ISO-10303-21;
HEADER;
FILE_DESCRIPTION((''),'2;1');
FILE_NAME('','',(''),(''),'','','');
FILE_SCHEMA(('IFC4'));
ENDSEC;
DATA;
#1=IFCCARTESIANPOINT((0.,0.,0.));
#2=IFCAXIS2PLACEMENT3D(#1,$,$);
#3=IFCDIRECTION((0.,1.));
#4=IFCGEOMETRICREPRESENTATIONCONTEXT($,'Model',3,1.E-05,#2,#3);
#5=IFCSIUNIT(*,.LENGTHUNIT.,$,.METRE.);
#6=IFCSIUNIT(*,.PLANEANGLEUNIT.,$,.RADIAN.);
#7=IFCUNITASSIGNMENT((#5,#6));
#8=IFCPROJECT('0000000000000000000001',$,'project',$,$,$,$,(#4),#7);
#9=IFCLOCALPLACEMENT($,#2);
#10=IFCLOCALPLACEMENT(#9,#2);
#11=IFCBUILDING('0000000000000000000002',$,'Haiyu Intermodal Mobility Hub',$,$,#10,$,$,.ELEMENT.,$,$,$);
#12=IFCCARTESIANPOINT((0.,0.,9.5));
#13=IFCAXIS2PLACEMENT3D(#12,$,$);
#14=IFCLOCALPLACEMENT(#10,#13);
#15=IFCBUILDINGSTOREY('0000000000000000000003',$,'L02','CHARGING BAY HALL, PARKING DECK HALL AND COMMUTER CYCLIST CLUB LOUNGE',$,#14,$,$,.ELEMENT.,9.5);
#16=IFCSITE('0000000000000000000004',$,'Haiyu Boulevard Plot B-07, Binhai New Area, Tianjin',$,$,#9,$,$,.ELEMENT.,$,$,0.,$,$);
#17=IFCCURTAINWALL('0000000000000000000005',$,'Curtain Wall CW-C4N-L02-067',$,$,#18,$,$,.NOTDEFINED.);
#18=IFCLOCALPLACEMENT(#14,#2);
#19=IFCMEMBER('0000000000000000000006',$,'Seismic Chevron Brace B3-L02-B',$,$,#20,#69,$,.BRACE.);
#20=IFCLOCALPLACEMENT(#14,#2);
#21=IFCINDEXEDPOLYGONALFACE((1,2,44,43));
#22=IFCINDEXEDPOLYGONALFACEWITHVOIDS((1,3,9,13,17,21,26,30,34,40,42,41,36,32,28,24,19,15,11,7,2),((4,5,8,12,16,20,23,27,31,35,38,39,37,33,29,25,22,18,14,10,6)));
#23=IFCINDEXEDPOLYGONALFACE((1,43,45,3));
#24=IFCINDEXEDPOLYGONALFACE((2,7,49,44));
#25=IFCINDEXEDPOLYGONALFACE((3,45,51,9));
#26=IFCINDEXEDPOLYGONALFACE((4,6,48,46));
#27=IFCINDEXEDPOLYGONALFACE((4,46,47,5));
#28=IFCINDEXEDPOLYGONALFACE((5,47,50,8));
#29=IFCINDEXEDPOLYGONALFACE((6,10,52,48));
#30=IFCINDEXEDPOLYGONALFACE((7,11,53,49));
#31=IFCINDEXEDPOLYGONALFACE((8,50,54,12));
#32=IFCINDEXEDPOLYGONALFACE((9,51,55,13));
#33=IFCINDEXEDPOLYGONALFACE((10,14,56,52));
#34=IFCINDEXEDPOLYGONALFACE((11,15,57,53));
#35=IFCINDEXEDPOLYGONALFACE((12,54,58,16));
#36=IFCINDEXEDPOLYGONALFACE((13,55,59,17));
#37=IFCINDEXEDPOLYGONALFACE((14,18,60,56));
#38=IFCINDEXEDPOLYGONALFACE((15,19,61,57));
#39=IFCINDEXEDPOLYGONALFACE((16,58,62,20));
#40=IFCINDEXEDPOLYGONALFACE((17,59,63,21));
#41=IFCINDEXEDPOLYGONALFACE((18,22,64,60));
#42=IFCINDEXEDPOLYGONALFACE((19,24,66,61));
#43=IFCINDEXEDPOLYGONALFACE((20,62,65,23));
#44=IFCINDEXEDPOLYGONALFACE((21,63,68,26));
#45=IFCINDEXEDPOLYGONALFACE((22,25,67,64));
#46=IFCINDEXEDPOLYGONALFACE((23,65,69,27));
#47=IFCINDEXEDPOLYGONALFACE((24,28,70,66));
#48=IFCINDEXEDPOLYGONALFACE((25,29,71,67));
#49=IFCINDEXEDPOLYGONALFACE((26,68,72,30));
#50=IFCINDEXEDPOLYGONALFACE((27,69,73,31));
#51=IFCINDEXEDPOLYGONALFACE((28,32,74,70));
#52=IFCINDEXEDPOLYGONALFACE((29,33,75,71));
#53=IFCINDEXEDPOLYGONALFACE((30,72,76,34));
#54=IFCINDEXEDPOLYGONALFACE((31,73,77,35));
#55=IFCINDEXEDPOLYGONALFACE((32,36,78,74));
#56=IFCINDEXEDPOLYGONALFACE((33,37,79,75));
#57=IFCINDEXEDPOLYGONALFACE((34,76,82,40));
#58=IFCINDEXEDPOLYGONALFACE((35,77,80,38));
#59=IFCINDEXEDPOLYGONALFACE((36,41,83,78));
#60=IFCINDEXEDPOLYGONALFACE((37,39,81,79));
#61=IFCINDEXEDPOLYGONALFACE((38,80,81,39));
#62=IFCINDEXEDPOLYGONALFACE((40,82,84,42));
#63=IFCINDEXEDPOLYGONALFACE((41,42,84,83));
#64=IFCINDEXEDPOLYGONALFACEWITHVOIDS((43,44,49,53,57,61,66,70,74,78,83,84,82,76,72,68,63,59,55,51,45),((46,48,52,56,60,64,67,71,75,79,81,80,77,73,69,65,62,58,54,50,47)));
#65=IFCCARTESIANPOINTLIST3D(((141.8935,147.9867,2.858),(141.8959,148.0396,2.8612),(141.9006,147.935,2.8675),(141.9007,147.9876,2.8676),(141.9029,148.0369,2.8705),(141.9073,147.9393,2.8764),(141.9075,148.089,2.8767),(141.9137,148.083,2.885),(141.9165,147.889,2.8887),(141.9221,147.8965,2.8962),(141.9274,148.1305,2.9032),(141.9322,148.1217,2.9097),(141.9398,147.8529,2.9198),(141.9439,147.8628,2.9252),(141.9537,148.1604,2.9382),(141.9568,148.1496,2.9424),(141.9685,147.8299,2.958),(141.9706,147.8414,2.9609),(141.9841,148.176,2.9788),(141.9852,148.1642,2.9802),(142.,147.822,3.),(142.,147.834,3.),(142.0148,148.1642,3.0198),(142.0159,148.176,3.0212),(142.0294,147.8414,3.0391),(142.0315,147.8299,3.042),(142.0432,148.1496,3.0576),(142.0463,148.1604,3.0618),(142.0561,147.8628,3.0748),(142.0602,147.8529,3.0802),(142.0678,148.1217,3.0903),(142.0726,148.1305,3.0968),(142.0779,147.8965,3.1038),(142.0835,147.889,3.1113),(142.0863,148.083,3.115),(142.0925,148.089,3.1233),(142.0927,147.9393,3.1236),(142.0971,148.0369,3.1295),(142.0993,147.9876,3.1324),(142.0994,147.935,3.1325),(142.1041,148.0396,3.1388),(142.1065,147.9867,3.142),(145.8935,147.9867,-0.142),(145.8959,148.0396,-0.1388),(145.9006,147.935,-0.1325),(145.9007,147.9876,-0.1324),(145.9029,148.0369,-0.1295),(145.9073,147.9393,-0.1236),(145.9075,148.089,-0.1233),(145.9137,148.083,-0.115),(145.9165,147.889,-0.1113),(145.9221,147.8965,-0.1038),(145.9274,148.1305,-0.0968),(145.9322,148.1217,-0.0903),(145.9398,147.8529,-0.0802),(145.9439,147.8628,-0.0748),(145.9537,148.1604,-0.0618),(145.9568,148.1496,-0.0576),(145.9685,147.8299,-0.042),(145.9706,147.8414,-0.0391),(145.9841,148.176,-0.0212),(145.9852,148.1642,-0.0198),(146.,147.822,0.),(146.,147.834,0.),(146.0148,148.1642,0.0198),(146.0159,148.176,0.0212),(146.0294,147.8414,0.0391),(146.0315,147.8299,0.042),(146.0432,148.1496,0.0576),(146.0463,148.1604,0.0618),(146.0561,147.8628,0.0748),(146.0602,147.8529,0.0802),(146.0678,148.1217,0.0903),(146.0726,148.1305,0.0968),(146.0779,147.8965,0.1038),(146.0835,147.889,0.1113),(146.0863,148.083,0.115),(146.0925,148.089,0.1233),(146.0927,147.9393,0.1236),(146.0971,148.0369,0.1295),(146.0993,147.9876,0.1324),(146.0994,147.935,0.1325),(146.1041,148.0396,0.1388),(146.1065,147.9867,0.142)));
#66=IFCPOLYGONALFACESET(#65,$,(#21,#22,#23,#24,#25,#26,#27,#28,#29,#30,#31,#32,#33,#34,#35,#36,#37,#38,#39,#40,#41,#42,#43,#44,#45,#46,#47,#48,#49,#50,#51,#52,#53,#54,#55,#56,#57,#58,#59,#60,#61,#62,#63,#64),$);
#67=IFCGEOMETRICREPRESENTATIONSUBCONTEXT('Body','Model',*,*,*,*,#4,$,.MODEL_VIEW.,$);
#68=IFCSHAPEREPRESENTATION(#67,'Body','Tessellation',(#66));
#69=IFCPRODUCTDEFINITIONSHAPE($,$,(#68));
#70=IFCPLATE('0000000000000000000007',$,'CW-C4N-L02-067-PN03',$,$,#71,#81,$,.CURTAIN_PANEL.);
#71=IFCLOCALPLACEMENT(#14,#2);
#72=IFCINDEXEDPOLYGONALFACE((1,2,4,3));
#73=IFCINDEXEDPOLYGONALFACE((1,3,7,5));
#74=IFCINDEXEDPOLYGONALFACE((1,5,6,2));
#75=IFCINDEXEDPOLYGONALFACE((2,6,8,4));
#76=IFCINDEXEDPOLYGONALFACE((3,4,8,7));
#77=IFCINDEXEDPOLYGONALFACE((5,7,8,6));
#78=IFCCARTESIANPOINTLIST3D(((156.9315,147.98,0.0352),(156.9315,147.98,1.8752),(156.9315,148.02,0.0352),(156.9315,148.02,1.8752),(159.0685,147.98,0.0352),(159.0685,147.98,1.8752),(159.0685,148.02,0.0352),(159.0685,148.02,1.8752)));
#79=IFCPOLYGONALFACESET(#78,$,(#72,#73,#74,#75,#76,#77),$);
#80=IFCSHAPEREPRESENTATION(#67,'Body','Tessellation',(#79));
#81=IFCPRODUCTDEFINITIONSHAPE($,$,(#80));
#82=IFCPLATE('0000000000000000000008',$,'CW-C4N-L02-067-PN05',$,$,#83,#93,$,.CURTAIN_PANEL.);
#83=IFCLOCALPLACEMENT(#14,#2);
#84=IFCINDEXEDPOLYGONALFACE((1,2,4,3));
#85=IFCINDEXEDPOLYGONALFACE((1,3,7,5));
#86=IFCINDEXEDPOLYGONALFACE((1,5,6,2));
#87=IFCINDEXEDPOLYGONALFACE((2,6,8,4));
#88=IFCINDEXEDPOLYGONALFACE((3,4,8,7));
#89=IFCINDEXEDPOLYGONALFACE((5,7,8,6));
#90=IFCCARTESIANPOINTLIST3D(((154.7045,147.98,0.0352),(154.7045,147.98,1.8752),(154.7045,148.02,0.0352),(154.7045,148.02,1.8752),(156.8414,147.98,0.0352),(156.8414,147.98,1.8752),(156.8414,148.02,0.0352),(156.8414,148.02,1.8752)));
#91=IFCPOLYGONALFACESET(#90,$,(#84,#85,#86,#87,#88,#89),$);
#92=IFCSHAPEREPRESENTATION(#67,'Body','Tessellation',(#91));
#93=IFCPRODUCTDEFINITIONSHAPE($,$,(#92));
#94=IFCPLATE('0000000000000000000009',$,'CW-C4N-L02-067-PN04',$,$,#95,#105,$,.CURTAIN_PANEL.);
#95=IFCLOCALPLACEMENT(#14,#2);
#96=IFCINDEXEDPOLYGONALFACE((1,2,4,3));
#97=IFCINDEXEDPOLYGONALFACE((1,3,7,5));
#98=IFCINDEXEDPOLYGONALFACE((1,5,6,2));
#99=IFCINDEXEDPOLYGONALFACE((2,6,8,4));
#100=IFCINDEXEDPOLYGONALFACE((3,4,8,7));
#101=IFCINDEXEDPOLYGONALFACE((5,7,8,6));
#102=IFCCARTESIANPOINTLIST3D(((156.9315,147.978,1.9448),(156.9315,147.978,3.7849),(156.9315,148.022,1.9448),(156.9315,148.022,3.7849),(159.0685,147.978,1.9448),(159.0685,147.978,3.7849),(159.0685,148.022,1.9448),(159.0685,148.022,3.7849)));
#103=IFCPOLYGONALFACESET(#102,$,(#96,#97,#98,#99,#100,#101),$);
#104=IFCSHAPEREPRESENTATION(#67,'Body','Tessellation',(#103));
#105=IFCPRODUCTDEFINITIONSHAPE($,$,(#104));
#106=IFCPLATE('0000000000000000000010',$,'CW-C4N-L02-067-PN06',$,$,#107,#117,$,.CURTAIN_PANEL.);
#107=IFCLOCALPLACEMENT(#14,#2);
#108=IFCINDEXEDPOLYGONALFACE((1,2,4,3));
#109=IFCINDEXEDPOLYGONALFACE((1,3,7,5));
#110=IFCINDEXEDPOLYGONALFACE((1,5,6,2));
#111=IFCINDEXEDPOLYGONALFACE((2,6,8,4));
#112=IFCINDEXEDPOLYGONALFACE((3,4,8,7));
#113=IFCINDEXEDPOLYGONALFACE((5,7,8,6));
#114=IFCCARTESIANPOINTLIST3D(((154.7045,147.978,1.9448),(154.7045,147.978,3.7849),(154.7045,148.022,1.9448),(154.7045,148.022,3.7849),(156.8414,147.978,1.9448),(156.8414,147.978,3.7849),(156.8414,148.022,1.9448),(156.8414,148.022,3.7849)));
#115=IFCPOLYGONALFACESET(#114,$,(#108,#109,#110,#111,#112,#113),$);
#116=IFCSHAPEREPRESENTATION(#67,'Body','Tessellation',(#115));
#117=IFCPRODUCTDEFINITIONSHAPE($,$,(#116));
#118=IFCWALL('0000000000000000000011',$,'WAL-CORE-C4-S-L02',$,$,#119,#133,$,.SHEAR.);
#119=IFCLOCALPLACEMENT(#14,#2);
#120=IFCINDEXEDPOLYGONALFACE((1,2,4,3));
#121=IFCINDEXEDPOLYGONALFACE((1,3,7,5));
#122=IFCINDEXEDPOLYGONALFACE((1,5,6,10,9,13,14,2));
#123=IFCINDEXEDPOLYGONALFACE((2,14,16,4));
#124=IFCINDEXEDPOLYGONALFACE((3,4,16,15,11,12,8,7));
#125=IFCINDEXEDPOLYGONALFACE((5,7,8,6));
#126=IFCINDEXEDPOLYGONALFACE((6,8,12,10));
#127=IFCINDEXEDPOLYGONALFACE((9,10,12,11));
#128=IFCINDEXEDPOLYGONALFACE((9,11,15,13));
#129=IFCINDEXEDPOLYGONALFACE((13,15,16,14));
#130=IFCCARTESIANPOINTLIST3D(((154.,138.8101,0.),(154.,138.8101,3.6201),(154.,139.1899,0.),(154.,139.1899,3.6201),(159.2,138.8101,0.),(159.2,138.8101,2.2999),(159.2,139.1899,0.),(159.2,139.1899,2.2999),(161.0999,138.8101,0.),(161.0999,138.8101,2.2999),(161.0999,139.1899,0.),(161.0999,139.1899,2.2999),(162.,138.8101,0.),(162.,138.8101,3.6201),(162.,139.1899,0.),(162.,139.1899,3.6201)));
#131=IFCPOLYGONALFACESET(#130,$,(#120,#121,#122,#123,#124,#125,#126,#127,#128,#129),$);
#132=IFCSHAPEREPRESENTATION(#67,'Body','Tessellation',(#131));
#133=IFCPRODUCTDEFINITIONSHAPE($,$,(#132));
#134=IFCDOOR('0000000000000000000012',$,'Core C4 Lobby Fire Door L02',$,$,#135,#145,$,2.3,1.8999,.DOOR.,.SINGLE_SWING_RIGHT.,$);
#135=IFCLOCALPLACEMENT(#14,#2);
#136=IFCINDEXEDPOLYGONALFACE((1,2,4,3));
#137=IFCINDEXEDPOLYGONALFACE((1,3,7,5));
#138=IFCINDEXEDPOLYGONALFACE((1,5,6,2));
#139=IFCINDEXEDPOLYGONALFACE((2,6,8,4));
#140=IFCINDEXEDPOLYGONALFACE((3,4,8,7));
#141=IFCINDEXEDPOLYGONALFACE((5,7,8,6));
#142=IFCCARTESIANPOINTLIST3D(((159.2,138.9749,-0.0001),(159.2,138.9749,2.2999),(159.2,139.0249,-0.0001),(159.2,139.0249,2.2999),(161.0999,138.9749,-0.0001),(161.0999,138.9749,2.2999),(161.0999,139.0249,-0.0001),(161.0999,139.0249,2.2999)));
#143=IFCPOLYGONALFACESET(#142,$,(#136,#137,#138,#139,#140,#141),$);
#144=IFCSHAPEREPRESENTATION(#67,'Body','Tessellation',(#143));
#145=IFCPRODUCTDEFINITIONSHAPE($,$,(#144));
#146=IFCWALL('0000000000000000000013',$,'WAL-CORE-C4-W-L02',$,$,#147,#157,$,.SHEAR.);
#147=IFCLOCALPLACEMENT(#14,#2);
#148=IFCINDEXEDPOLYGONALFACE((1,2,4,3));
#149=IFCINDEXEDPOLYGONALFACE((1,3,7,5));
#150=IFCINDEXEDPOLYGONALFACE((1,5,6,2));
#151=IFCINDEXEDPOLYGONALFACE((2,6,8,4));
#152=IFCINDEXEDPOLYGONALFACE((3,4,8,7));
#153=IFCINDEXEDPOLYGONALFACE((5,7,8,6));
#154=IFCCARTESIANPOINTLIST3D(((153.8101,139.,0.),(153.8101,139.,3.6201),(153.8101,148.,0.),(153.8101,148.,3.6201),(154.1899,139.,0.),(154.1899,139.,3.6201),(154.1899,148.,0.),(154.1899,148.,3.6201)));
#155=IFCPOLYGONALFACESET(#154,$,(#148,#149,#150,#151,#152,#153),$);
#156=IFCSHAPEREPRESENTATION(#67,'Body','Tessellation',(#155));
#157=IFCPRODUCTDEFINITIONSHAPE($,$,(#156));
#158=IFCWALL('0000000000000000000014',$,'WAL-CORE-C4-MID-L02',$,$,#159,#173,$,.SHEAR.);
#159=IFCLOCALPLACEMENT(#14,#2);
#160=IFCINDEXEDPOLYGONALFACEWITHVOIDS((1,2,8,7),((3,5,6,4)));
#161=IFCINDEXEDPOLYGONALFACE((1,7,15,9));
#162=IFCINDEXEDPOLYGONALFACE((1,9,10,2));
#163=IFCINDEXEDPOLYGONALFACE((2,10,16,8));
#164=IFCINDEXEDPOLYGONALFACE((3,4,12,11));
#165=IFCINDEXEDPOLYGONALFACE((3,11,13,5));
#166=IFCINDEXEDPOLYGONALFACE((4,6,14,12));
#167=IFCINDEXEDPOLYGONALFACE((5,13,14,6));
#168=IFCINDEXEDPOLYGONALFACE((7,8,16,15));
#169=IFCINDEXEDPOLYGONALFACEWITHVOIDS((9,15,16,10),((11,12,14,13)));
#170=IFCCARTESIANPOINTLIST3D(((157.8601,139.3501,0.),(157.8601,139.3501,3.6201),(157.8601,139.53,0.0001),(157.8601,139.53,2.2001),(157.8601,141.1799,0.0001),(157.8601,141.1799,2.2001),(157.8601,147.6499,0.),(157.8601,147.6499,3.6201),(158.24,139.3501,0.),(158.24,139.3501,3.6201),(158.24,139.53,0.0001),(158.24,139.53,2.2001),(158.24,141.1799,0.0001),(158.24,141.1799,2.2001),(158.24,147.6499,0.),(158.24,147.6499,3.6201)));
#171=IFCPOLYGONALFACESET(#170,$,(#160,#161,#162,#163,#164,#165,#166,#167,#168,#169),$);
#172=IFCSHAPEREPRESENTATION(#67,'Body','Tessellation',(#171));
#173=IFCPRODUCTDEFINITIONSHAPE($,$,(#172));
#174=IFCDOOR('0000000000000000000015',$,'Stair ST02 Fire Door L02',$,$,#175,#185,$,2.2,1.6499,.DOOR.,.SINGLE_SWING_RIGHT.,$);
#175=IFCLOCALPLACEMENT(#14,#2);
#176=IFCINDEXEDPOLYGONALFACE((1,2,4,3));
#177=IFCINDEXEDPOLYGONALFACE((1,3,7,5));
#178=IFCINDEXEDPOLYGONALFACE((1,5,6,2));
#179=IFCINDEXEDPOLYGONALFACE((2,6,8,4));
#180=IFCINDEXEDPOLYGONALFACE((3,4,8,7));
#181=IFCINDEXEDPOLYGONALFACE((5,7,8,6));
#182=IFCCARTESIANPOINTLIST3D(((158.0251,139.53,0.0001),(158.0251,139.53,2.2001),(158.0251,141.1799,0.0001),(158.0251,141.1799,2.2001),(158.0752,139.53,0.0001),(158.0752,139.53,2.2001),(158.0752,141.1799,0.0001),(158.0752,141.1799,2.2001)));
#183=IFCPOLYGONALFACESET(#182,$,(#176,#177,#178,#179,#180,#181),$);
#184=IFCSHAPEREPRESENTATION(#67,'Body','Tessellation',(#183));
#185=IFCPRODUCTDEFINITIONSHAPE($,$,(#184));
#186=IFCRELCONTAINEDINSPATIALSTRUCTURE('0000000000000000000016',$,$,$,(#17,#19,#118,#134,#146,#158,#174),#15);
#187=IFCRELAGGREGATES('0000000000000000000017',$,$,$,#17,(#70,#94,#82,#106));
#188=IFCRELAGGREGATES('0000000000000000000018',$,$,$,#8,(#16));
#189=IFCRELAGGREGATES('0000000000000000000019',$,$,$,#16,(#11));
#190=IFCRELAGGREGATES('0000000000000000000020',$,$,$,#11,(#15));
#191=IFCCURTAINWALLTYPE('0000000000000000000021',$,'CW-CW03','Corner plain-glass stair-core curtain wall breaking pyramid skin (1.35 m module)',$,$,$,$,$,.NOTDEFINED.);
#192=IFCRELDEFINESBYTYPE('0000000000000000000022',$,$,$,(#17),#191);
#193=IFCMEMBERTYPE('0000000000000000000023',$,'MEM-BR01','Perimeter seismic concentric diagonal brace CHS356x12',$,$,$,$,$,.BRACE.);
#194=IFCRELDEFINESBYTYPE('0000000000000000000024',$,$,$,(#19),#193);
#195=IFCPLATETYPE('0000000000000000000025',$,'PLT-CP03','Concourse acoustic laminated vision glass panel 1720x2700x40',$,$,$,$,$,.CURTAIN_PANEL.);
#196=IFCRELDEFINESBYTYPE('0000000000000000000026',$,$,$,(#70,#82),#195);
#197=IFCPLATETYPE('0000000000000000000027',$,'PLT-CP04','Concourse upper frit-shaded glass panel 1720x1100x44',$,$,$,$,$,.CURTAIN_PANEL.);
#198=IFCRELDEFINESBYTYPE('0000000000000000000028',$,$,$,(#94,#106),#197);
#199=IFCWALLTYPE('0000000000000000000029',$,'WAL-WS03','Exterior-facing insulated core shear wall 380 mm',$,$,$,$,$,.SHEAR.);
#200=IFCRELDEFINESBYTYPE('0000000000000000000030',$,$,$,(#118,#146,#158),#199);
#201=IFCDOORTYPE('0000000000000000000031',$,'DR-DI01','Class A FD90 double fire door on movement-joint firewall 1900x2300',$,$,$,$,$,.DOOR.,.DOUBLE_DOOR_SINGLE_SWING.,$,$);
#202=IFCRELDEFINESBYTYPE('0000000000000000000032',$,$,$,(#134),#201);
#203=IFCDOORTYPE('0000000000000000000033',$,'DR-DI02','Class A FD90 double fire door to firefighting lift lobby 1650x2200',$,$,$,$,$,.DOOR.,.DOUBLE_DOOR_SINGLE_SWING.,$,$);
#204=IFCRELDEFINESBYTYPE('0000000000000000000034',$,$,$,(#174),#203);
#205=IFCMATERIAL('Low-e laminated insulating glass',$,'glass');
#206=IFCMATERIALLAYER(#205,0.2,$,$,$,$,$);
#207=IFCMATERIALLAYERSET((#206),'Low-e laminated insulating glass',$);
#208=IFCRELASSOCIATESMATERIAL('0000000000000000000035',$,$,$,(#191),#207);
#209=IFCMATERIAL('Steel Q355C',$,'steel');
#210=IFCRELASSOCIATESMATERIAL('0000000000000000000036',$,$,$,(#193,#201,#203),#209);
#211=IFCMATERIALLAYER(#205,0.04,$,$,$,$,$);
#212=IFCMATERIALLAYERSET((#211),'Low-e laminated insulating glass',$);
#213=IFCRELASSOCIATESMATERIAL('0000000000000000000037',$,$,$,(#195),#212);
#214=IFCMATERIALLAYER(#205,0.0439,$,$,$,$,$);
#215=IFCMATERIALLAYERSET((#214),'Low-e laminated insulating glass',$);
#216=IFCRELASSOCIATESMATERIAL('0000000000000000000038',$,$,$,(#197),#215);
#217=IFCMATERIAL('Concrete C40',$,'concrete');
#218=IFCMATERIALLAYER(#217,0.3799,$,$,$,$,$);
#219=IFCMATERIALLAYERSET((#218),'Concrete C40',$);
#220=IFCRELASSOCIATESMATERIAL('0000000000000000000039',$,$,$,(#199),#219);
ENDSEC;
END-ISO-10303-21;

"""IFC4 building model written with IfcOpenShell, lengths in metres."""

from ifc_helpers import new_model, si_unit, direction, frame, frame_2d, origin, origin_2d, place, context, subcontext, project, spatial, rectangle, hollow_circle, extrude, material, layer, layer_set, material_profile, profile_set, type_object, element, fill, aggregate, save


model = new_model("IFC4")

# Units and contexts
model_context = context("Model", 3, precision=1e-05, world=origin(), true_north=direction((0.0, 1.0)))
body_context = subcontext(model_context, "Body", "Model", "MODEL_VIEW")
ifc_project = project(units=[si_unit("LENGTHUNIT", "METRE"), si_unit("PLANEANGLEUNIT", "RADIAN")], contexts=[model_context])

# Site, building, storey
site_placement = place(None, origin())
site = spatial("IfcSite", under=ifc_project, at=site_placement, Name="Haiyu Boulevard Plot B-07, Binhai New Area, Tianjin", CompositionType="ELEMENT", RefElevation=0.0)
building_placement = place(site_placement, origin())
building = spatial("IfcBuilding", under=site, at=building_placement, Name="Haiyu Intermodal Mobility Hub", CompositionType="ELEMENT")
storey_placement = place(building_placement, frame((0.0, 0.0, 9.5)))
storey = spatial("IfcBuildingStorey", under=building, at=storey_placement, Name="L02", Description="CHARGING BAY HALL, PARKING DECK HALL AND COMMUTER CYCLIST CLUB LOUNGE", CompositionType="ELEMENT", Elevation=9.5)

# Shared definitions
ifc_material_1 = material(Name="Steel Q355C", Category="steel")

# Curtain wall
ifc_material_2 = material(Name="Low-e laminated insulating glass", Category="glass")
ifc_layer_1 = layer(ifc_material_2, 0.2)
ifc_layer_set_1 = layer_set([ifc_layer_1], Name="Low-e laminated insulating glass")
curtain_wall_type = type_object("IfcCurtainWallType", Name="CW-CW03", Description="Corner plain-glass stair-core curtain wall breaking pyramid skin (1.35 m module)", PredefinedType="NOTDEFINED", material=ifc_layer_set_1)
curtain_wall_placement = place(storey_placement, origin())
curtain_wall = element("IfcCurtainWall", 1, at=curtain_wall_placement, inside=storey, type_object=curtain_wall_type, Name="Curtain Wall CW-C4N-L02-067", PredefinedType="NOTDEFINED")

# Member
ifc_material_profile_1 = material_profile(ifc_material_1, hollow_circle(Radius=0.178, WallThickness=0.012, at=origin_2d()), Name="CHS356x12")
ifc_profile_set_1 = profile_set([ifc_material_profile_1], Name="Steel Q355C")
member_type_1 = type_object("IfcMemberType", Name="MEM-BR01", Description="Perimeter seismic concentric diagonal brace CHS356x12", PredefinedType="BRACE", material=ifc_profile_set_1)
member_1_placement = place(storey_placement, frame((146.0, 148.0, 0.0), z_axis=(-0.8, 0.0, 0.6), x_axis=(0.0, -1.0, 0.0)))
element("IfcMember", 2, at=member_1_placement, inside=storey, type_object=member_type_1, Name="Seismic Chevron Brace B3-L02-B", PredefinedType="BRACE", context=body_context, shape_type="SweptSolid", body=[
    extrude(hollow_circle(Radius=0.178, WallThickness=0.012, at=origin_2d()), origin(), (0.0, 0.0, 1.0), 5.0),
])

# Plates
ifc_layer_2 = layer(ifc_material_2, 0.04)
ifc_layer_set_2 = layer_set([ifc_layer_2], Name="Low-e laminated insulating glass")
plate_type_1 = type_object("IfcPlateType", Name="PLT-CP03", Description="Concourse acoustic laminated vision glass panel 1720x2700x40", PredefinedType="CURTAIN_PANEL", material=ifc_layer_set_2)
plate_1_placement = place(storey_placement, frame((158.0, 148.0, 0.0352), z_axis=(0.0, 0.0, 1.0), x_axis=(-1.0, 0.0, 0.0)))
plate_1 = element("IfcPlate", 3, at=plate_1_placement, type_object=plate_type_1, Name="CW-C4N-L02-067-PN03", PredefinedType="CURTAIN_PANEL", context=body_context, shape_type="SweptSolid", body=[
    extrude(rectangle(XDim=2.137, YDim=0.04, at=origin_2d()), origin(), (0.0, 0.0, 1.0), 1.8401),
])
plate_2_placement = place(storey_placement, frame((155.7729, 148.0, 0.0352), z_axis=(0.0, 0.0, 1.0), x_axis=(-1.0, 0.0, 0.0)))
plate_2 = element("IfcPlate", 4, at=plate_2_placement, type_object=plate_type_1, Name="CW-C4N-L02-067-PN05", PredefinedType="CURTAIN_PANEL", context=body_context, shape_type="SweptSolid", body=[
    extrude(rectangle(XDim=2.137, YDim=0.04, at=origin_2d()), origin(), (0.0, 0.0, 1.0), 1.8401),
])
ifc_layer_3 = layer(ifc_material_2, 0.0439)
ifc_layer_set_3 = layer_set([ifc_layer_3], Name="Low-e laminated insulating glass")
plate_type_2 = type_object("IfcPlateType", Name="PLT-CP04", Description="Concourse upper frit-shaded glass panel 1720x1100x44", PredefinedType="CURTAIN_PANEL", material=ifc_layer_set_3)
plate_3_placement = place(storey_placement, frame((158.0, 148.0, 1.9448), z_axis=(0.0, 0.0, 1.0), x_axis=(-1.0, 0.0, 0.0)))
plate_3 = element("IfcPlate", 5, at=plate_3_placement, type_object=plate_type_2, Name="CW-C4N-L02-067-PN04", PredefinedType="CURTAIN_PANEL", context=body_context, shape_type="SweptSolid", body=[
    extrude(rectangle(XDim=2.137, YDim=0.0439, at=origin_2d()), origin(), (0.0, 0.0, 1.0), 1.8401),
])
plate_4_placement = place(storey_placement, frame((155.7729, 148.0, 1.9448), z_axis=(0.0, 0.0, 1.0), x_axis=(-1.0, 0.0, 0.0)))
plate_4 = element("IfcPlate", 6, at=plate_4_placement, type_object=plate_type_2, Name="CW-C4N-L02-067-PN06", PredefinedType="CURTAIN_PANEL", context=body_context, shape_type="SweptSolid", body=[
    extrude(rectangle(XDim=2.137, YDim=0.0439, at=origin_2d()), origin(), (0.0, 0.0, 1.0), 1.8401),
])
aggregate(curtain_wall, [plate_1, plate_3, plate_2, plate_4])

# Wall, opening, door
ifc_material_3 = material(Name="Concrete C40", Category="concrete")
ifc_layer_4 = layer(ifc_material_3, 0.3799)
ifc_layer_set_4 = layer_set([ifc_layer_4], Name="Concrete C40")
wall_type = type_object("IfcWallType", Name="WAL-WS03", Description="Exterior-facing insulated core shear wall 380 mm", PredefinedType="SHEAR", material=ifc_layer_set_4)
wall_1_placement = place(storey_placement, frame((154.0, 139.0, 0.0), z_axis=(0.0, 0.0, 1.0), x_axis=(1.0, 0.0, 0.0)))
wall_1 = element("IfcWall", 7, at=wall_1_placement, inside=storey, type_object=wall_type, Name="WAL-CORE-C4-S-L02", PredefinedType="SHEAR", context=body_context, shape_type="SweptSolid", body=[
    extrude(rectangle(XDim=8.0, YDim=0.3799, at=frame_2d((4.0, 0.0))), origin(), (0.0, 0.0, 1.0), 3.6201),
])
opening_1_placement = place(wall_1_placement, frame((5.2, 0.0, 0.0)))
opening_1 = element("IfcOpeningElement", 8, at=opening_1_placement, cuts=wall_1, PredefinedType="OPENING", context=body_context, shape_type="SweptSolid", body=[
    extrude(rectangle(XDim=1.8999, YDim=2.3, at=frame_2d((0.95, 1.1499))), frame((0.0, 0.2, 0.0), z_axis=(0.0, -1.0, 0.0), x_axis=(1.0, 0.0, 0.0)), (0.0, 0.0, 1.0), 0.3999),
])
door_type_1 = type_object("IfcDoorType", Name="DR-DI01", Description="Class A FD90 double fire door on movement-joint firewall 1900x2300", OperationType="DOUBLE_DOOR_SINGLE_SWING", PredefinedType="DOOR", material=ifc_material_1)
door_1_placement = place(opening_1_placement, origin())
door_1 = element("IfcDoor", 9, at=door_1_placement, inside=storey, type_object=door_type_1, Name="Core C4 Lobby Fire Door L02", OperationType="SINGLE_SWING_RIGHT", OverallHeight=2.3, OverallWidth=1.8999, PredefinedType="DOOR", context=body_context, shape_type="SweptSolid", body=[
    extrude(rectangle(XDim=1.8999, YDim=2.3, at=frame_2d((0.95, 1.1499))), frame((0.0, 0.0249, 0.0), z_axis=(0.0, -1.0, 0.0), x_axis=(1.0, 0.0, 0.0)), (0.0, 0.0, 1.0), 0.05),
])
fill(opening_1, door_1)

# Wall
wall_2_placement = place(storey_placement, frame((154.0, 148.0, 0.0), z_axis=(0.0, 0.0, 1.0), x_axis=(0.0, -1.0, 0.0)))
element("IfcWall", 10, at=wall_2_placement, inside=storey, type_object=wall_type, Name="WAL-CORE-C4-W-L02", PredefinedType="SHEAR", context=body_context, shape_type="SweptSolid", body=[
    extrude(rectangle(XDim=9.0, YDim=0.3799, at=frame_2d((4.5, 0.0))), origin(), (0.0, 0.0, 1.0), 3.6201),
])

# Wall, opening, door
wall_3_placement = place(storey_placement, frame((158.05, 139.3501, 0.0), z_axis=(0.0, 0.0, 1.0), x_axis=(0.0, 1.0, 0.0)))
wall_3 = element("IfcWall", 11, at=wall_3_placement, inside=storey, type_object=wall_type, Name="WAL-CORE-C4-MID-L02", PredefinedType="SHEAR", context=body_context, shape_type="SweptSolid", body=[
    extrude(rectangle(XDim=8.2998, YDim=0.3799, at=frame_2d((4.1499, 0.0))), origin(), (0.0, 0.0, 1.0), 3.6201),
])
opening_2_placement = place(wall_3_placement, frame((0.1799, 0.0, 0.0)))
opening_2 = element("IfcOpeningElement", 12, at=opening_2_placement, cuts=wall_3, PredefinedType="OPENING", context=body_context, shape_type="SweptSolid", body=[
    extrude(rectangle(XDim=1.6499, YDim=2.2, at=frame_2d((0.825, 1.1001))), frame((0.0, 0.2, 0.0), z_axis=(0.0, -1.0, 0.0), x_axis=(1.0, 0.0, 0.0)), (0.0, 0.0, 1.0), 0.3999),
])
door_type_2 = type_object("IfcDoorType", Name="DR-DI02", Description="Class A FD90 double fire door to firefighting lift lobby 1650x2200", OperationType="DOUBLE_DOOR_SINGLE_SWING", PredefinedType="DOOR", material=ifc_material_1)
door_2_placement = place(opening_2_placement, origin())
door_2 = element("IfcDoor", 13, at=door_2_placement, inside=storey, type_object=door_type_2, Name="Stair ST02 Fire Door L02", OperationType="SINGLE_SWING_RIGHT", OverallHeight=2.2, OverallWidth=1.6499, PredefinedType="DOOR", context=body_context, shape_type="SweptSolid", body=[
    extrude(rectangle(XDim=1.6499, YDim=2.2, at=frame_2d((0.825, 1.1001))), frame((0.0, 0.0249, 0.0), z_axis=(0.0, -1.0, 0.0), x_axis=(1.0, 0.0, 0.0)), (0.0, 0.0, 1.0), 0.05),
])
fill(opening_2, door_2)

save(model, "model.ifc")
